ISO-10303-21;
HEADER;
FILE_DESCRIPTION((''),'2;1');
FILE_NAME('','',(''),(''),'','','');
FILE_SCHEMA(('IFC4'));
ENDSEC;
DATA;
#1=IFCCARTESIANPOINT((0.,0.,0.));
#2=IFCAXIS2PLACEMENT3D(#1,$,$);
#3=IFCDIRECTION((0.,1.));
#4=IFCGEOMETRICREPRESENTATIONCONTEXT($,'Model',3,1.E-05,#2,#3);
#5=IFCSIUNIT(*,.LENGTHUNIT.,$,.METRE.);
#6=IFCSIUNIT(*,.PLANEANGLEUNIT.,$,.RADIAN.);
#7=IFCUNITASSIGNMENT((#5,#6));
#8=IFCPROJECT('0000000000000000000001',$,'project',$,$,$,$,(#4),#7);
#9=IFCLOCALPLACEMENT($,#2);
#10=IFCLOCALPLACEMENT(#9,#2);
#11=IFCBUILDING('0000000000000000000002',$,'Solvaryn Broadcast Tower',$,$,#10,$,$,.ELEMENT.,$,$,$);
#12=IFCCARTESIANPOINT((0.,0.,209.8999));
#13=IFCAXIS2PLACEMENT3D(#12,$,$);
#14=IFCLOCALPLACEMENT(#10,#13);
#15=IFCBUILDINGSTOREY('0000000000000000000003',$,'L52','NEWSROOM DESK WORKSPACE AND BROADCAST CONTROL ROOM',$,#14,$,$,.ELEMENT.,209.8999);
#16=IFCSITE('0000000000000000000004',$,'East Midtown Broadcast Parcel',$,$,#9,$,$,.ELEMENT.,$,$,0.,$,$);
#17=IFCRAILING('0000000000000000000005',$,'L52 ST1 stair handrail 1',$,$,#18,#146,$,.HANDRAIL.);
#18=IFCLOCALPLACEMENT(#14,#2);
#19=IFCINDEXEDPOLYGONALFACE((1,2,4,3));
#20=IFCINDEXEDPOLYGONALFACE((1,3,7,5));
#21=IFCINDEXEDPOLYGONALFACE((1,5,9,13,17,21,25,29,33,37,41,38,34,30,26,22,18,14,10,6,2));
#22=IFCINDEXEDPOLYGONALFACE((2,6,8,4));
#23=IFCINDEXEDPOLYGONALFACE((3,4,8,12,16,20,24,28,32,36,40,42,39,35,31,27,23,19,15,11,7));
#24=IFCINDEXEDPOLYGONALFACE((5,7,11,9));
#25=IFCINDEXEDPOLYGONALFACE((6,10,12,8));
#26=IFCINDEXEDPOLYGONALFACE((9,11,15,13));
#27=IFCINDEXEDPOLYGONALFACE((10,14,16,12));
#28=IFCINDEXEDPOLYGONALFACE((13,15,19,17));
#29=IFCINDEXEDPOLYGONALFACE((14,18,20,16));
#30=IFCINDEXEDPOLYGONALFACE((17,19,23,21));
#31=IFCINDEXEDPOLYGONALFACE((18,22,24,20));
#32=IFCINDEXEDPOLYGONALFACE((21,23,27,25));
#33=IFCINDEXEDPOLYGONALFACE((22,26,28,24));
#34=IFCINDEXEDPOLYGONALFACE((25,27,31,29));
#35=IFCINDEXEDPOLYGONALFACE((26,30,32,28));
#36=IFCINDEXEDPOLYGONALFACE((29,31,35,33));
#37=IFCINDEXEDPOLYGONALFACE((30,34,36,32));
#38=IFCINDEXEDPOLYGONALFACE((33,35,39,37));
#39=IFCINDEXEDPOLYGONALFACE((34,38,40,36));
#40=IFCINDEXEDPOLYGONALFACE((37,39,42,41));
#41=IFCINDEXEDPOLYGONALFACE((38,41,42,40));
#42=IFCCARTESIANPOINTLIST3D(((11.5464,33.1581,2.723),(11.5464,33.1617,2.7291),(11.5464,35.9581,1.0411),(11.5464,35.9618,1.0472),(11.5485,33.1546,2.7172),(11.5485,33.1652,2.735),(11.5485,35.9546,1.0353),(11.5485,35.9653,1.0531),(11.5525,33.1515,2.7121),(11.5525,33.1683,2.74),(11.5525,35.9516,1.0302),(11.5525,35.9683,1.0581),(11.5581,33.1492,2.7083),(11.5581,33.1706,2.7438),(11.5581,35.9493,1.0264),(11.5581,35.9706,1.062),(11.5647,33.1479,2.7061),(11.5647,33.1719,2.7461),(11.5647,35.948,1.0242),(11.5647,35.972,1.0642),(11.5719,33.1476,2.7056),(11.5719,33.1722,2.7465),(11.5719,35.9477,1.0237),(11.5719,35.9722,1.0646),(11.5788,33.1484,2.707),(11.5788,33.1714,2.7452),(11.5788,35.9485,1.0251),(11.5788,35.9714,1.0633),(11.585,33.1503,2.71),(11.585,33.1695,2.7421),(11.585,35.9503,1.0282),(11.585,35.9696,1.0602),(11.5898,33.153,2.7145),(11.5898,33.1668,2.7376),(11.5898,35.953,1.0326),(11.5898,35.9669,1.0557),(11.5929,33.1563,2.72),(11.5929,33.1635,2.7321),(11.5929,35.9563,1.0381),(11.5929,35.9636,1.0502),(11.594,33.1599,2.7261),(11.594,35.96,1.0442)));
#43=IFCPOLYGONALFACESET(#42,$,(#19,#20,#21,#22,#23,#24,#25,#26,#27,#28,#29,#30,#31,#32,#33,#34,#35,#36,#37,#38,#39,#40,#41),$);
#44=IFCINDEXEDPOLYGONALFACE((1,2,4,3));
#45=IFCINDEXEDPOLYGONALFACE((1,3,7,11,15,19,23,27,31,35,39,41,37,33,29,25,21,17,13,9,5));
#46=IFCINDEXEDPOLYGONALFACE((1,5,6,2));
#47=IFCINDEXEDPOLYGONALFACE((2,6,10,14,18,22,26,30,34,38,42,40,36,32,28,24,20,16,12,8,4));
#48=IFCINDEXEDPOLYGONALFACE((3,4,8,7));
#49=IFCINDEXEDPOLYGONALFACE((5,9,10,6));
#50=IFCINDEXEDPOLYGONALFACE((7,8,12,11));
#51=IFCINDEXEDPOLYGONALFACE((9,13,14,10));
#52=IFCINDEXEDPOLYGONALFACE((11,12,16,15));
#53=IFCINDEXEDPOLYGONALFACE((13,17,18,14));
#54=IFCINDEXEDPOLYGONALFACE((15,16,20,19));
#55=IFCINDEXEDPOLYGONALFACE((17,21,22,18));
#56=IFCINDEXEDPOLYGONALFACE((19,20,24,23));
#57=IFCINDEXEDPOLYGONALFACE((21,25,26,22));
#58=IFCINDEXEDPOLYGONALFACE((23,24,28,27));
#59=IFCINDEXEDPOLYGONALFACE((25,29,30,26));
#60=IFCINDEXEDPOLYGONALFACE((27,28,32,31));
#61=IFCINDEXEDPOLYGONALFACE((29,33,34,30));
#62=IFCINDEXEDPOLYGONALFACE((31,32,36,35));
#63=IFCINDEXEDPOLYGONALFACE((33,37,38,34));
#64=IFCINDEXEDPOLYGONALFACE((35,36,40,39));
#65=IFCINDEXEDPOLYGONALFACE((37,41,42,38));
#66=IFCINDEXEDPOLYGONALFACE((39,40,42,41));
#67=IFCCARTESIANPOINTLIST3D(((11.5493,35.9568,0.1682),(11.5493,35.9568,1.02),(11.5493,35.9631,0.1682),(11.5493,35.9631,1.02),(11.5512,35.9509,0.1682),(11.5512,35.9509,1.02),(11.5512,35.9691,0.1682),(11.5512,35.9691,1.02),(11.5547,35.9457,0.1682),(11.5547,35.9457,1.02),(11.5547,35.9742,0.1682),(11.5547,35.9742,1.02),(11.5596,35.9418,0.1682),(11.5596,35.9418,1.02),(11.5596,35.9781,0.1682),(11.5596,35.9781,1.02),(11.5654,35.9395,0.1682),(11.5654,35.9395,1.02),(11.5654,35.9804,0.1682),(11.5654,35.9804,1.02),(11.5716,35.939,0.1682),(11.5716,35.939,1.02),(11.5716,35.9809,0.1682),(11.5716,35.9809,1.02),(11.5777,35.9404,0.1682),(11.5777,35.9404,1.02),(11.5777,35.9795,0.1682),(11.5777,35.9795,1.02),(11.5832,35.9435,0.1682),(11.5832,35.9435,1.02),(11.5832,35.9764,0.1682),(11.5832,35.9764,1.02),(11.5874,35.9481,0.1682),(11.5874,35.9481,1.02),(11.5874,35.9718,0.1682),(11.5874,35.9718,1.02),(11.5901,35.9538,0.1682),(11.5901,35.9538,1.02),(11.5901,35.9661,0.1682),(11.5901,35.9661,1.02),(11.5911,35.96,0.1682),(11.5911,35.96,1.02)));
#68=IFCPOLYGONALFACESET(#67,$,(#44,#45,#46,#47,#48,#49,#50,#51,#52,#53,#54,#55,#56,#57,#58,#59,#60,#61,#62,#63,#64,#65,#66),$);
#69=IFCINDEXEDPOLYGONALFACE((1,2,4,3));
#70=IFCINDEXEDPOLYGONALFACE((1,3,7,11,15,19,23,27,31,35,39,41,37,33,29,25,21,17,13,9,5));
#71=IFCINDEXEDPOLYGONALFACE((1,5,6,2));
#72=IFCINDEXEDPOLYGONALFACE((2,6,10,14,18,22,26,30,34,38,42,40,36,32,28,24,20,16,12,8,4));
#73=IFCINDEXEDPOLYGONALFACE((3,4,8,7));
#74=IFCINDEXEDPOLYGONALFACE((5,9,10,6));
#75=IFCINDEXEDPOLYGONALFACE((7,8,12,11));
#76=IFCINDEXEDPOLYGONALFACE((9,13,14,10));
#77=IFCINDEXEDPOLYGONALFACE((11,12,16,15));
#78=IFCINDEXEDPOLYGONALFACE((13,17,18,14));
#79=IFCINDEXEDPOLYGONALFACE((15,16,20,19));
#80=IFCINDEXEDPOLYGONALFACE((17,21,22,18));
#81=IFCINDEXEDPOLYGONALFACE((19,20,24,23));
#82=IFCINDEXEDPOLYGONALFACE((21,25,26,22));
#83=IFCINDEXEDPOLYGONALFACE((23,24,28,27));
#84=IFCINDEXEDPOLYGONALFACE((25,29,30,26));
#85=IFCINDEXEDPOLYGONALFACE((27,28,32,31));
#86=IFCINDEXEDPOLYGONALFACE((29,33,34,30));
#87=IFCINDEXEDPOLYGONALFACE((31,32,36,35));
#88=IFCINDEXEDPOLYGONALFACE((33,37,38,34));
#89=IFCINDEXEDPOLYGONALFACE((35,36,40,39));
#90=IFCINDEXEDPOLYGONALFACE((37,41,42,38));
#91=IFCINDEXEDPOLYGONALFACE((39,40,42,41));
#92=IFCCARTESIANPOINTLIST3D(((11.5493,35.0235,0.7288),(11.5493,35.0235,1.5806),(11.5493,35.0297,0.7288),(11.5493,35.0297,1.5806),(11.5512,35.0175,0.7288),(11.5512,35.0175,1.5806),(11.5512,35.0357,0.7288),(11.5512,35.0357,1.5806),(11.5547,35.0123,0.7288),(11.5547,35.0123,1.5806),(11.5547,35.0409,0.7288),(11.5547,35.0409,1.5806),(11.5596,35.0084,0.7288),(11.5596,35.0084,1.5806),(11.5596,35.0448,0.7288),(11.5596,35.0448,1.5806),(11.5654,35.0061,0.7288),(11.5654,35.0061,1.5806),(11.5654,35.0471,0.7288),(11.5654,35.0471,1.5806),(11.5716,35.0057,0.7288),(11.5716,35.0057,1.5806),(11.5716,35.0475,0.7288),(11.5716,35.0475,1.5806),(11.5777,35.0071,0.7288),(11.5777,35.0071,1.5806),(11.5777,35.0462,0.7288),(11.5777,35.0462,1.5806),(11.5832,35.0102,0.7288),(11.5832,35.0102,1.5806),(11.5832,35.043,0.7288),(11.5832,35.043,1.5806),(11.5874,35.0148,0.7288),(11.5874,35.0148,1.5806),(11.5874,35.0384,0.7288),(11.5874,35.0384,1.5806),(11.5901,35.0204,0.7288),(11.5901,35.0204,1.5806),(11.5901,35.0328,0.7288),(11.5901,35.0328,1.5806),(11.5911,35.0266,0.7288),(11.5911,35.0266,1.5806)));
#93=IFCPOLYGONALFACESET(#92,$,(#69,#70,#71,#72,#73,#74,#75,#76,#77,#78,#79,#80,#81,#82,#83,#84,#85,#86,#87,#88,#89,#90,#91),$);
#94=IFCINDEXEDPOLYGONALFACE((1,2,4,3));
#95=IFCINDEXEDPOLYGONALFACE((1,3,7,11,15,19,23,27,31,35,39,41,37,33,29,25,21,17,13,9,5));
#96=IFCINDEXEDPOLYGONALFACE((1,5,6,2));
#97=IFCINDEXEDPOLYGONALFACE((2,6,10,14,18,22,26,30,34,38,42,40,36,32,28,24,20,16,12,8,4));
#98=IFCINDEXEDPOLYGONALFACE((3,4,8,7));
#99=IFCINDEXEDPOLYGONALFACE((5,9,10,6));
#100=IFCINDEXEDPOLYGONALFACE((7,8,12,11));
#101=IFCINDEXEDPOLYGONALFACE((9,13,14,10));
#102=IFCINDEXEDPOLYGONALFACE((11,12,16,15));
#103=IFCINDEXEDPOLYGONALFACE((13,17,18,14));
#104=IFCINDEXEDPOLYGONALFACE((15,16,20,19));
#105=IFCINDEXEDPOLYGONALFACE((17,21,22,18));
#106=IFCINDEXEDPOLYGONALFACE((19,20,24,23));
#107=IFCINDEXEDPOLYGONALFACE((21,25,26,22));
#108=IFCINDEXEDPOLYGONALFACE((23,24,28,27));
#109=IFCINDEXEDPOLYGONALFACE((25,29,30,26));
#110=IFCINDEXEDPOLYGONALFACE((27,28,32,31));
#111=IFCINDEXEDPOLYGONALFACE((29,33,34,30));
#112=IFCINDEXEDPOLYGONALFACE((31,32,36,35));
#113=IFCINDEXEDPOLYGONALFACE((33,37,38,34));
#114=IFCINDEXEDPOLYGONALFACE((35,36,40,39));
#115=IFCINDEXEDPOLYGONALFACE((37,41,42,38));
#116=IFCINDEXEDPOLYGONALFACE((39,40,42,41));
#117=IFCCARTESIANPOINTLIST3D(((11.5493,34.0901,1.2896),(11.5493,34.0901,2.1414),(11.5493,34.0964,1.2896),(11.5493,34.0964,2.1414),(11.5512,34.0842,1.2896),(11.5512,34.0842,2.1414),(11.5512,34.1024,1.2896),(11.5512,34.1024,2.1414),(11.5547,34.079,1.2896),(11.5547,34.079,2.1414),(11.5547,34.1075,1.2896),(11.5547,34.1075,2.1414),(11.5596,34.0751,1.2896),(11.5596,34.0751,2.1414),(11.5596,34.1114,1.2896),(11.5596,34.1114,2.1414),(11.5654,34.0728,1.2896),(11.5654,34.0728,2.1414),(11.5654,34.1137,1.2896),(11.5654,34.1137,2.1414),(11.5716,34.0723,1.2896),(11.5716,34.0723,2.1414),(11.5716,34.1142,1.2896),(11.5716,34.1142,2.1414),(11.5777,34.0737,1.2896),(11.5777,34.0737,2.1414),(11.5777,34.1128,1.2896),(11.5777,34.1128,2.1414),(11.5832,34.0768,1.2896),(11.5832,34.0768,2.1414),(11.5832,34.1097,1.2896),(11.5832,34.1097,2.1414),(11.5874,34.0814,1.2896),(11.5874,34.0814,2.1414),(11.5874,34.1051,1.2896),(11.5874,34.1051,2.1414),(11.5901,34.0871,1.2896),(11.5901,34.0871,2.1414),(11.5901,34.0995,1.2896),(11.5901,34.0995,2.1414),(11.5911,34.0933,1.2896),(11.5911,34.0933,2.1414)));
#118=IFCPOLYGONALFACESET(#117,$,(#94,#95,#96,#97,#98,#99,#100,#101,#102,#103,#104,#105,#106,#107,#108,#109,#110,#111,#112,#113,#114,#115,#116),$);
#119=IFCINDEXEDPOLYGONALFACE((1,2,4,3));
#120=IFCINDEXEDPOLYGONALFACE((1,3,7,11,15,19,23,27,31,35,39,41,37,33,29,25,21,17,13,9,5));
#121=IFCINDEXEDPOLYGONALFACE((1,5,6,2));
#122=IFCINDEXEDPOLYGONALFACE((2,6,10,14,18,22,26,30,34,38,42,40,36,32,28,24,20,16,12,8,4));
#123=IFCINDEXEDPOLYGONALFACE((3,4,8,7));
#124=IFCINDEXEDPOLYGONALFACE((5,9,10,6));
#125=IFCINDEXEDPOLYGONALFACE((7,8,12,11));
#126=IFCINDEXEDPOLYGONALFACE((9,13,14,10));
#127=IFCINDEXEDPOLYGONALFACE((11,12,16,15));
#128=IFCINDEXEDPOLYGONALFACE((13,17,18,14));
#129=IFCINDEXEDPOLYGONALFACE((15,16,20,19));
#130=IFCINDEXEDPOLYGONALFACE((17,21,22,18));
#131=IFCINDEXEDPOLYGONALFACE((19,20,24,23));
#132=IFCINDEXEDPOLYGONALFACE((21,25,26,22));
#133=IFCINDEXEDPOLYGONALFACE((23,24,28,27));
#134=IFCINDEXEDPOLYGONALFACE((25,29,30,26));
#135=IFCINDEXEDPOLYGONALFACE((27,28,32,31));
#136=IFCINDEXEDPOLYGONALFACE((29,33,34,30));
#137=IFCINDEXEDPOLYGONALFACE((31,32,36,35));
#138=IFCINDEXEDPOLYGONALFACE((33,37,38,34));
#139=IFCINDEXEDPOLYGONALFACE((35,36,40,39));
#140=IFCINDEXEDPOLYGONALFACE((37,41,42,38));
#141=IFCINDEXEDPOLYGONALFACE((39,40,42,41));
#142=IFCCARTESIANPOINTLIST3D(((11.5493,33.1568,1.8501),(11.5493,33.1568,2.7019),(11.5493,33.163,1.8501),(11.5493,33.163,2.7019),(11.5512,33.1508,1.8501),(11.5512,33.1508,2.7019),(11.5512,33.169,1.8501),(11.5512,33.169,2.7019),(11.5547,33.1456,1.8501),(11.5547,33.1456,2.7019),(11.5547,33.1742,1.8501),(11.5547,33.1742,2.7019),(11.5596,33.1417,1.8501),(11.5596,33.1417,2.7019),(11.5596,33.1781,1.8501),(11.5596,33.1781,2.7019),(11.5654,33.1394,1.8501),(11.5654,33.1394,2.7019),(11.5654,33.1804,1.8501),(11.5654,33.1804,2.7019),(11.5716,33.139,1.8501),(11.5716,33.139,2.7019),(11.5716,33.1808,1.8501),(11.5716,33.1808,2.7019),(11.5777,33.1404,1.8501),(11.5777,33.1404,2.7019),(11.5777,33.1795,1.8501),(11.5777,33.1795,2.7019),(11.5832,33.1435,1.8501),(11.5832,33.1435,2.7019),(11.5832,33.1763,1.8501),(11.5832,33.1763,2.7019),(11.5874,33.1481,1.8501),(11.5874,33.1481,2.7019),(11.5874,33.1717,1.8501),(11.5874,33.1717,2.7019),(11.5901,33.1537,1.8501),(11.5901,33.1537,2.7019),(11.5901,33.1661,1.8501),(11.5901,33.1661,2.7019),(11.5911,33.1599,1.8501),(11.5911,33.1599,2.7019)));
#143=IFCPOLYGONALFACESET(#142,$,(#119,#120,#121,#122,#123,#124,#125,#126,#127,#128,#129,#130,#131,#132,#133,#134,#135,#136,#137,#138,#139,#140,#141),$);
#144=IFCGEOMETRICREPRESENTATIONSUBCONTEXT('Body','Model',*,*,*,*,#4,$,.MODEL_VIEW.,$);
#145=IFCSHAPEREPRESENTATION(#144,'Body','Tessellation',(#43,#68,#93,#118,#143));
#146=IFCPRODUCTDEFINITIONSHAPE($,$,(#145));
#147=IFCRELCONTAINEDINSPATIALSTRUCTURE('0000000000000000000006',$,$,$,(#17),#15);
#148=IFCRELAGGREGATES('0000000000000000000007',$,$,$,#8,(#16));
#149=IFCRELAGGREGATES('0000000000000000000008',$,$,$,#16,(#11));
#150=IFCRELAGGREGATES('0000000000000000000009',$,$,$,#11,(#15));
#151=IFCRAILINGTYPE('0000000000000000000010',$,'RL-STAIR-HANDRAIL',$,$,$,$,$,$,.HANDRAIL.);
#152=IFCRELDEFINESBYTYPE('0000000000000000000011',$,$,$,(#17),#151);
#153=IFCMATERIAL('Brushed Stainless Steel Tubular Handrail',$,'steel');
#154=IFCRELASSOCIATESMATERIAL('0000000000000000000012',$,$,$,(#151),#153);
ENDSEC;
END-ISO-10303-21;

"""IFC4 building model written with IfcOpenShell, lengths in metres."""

from ifc_helpers import new_model, si_unit, direction, frame, origin, origin_2d, place, context, subcontext, project, spatial, circle, extrude, material, type_object, element, save


model = new_model("IFC4")

# Units and contexts
model_context = context("Model", 3, precision=1e-05, world=origin(), true_north=direction((0.0, 1.0)))
body_context = subcontext(model_context, "Body", "Model", "MODEL_VIEW")
ifc_project = project(units=[si_unit("LENGTHUNIT", "METRE"), si_unit("PLANEANGLEUNIT", "RADIAN")], contexts=[model_context])

# Site, building, storey
site_placement = place(None, origin())
site = spatial("IfcSite", under=ifc_project, at=site_placement, Name="East Midtown Broadcast Parcel", CompositionType="ELEMENT", RefElevation=0.0)
building_placement = place(site_placement, origin())
building = spatial("IfcBuilding", under=site, at=building_placement, Name="Solvaryn Broadcast Tower", CompositionType="ELEMENT")
storey_placement = place(building_placement, frame((0.0, 0.0, 209.8999)))
storey = spatial("IfcBuildingStorey", under=building, at=storey_placement, Name="L52", Description="NEWSROOM DESK WORKSPACE AND BROADCAST CONTROL ROOM", CompositionType="ELEMENT", Elevation=209.8999)

# Railing
ifc_material_1 = material(Name="Brushed Stainless Steel Tubular Handrail", Category="steel")
railing_type_1 = type_object("IfcRailingType", Name="RL-STAIR-HANDRAIL", PredefinedType="HANDRAIL", material=ifc_material_1)
railing_1_placement = place(storey_placement, frame((11.5701, 35.96, 0.1682)))
element("IfcRailing", 1, at=railing_1_placement, inside=storey, type_object=railing_type_1, Name="L52 ST1 stair handrail 1", PredefinedType="HANDRAIL", context=body_context, shape_type="SweptSolid", body=[
    extrude(circle(Radius=0.0239, at=origin_2d()), frame((0.0, 0.0, 0.876), z_axis=(0.0, -0.857242, 0.514913), x_axis=(1.0, 0.0, 0.0)), (0.0, 0.0, 1.0), 3.2664),
    extrude(circle(Radius=0.021, at=origin_2d()), origin(), (0.0, 0.0, 1.0), 0.8518),
    extrude(circle(Radius=0.021, at=origin_2d()), frame((0.0, -0.9333, 0.5605)), (0.0, 0.0, 1.0), 0.8518),
    extrude(circle(Radius=0.021, at=origin_2d()), frame((0.0, -1.8667, 1.1213)), (0.0, 0.0, 1.0), 0.8518),
    extrude(circle(Radius=0.021, at=origin_2d()), frame((0.0, -2.8, 1.6819)), (0.0, 0.0, 1.0), 0.8518),
])

save(model, "model.ifc")
